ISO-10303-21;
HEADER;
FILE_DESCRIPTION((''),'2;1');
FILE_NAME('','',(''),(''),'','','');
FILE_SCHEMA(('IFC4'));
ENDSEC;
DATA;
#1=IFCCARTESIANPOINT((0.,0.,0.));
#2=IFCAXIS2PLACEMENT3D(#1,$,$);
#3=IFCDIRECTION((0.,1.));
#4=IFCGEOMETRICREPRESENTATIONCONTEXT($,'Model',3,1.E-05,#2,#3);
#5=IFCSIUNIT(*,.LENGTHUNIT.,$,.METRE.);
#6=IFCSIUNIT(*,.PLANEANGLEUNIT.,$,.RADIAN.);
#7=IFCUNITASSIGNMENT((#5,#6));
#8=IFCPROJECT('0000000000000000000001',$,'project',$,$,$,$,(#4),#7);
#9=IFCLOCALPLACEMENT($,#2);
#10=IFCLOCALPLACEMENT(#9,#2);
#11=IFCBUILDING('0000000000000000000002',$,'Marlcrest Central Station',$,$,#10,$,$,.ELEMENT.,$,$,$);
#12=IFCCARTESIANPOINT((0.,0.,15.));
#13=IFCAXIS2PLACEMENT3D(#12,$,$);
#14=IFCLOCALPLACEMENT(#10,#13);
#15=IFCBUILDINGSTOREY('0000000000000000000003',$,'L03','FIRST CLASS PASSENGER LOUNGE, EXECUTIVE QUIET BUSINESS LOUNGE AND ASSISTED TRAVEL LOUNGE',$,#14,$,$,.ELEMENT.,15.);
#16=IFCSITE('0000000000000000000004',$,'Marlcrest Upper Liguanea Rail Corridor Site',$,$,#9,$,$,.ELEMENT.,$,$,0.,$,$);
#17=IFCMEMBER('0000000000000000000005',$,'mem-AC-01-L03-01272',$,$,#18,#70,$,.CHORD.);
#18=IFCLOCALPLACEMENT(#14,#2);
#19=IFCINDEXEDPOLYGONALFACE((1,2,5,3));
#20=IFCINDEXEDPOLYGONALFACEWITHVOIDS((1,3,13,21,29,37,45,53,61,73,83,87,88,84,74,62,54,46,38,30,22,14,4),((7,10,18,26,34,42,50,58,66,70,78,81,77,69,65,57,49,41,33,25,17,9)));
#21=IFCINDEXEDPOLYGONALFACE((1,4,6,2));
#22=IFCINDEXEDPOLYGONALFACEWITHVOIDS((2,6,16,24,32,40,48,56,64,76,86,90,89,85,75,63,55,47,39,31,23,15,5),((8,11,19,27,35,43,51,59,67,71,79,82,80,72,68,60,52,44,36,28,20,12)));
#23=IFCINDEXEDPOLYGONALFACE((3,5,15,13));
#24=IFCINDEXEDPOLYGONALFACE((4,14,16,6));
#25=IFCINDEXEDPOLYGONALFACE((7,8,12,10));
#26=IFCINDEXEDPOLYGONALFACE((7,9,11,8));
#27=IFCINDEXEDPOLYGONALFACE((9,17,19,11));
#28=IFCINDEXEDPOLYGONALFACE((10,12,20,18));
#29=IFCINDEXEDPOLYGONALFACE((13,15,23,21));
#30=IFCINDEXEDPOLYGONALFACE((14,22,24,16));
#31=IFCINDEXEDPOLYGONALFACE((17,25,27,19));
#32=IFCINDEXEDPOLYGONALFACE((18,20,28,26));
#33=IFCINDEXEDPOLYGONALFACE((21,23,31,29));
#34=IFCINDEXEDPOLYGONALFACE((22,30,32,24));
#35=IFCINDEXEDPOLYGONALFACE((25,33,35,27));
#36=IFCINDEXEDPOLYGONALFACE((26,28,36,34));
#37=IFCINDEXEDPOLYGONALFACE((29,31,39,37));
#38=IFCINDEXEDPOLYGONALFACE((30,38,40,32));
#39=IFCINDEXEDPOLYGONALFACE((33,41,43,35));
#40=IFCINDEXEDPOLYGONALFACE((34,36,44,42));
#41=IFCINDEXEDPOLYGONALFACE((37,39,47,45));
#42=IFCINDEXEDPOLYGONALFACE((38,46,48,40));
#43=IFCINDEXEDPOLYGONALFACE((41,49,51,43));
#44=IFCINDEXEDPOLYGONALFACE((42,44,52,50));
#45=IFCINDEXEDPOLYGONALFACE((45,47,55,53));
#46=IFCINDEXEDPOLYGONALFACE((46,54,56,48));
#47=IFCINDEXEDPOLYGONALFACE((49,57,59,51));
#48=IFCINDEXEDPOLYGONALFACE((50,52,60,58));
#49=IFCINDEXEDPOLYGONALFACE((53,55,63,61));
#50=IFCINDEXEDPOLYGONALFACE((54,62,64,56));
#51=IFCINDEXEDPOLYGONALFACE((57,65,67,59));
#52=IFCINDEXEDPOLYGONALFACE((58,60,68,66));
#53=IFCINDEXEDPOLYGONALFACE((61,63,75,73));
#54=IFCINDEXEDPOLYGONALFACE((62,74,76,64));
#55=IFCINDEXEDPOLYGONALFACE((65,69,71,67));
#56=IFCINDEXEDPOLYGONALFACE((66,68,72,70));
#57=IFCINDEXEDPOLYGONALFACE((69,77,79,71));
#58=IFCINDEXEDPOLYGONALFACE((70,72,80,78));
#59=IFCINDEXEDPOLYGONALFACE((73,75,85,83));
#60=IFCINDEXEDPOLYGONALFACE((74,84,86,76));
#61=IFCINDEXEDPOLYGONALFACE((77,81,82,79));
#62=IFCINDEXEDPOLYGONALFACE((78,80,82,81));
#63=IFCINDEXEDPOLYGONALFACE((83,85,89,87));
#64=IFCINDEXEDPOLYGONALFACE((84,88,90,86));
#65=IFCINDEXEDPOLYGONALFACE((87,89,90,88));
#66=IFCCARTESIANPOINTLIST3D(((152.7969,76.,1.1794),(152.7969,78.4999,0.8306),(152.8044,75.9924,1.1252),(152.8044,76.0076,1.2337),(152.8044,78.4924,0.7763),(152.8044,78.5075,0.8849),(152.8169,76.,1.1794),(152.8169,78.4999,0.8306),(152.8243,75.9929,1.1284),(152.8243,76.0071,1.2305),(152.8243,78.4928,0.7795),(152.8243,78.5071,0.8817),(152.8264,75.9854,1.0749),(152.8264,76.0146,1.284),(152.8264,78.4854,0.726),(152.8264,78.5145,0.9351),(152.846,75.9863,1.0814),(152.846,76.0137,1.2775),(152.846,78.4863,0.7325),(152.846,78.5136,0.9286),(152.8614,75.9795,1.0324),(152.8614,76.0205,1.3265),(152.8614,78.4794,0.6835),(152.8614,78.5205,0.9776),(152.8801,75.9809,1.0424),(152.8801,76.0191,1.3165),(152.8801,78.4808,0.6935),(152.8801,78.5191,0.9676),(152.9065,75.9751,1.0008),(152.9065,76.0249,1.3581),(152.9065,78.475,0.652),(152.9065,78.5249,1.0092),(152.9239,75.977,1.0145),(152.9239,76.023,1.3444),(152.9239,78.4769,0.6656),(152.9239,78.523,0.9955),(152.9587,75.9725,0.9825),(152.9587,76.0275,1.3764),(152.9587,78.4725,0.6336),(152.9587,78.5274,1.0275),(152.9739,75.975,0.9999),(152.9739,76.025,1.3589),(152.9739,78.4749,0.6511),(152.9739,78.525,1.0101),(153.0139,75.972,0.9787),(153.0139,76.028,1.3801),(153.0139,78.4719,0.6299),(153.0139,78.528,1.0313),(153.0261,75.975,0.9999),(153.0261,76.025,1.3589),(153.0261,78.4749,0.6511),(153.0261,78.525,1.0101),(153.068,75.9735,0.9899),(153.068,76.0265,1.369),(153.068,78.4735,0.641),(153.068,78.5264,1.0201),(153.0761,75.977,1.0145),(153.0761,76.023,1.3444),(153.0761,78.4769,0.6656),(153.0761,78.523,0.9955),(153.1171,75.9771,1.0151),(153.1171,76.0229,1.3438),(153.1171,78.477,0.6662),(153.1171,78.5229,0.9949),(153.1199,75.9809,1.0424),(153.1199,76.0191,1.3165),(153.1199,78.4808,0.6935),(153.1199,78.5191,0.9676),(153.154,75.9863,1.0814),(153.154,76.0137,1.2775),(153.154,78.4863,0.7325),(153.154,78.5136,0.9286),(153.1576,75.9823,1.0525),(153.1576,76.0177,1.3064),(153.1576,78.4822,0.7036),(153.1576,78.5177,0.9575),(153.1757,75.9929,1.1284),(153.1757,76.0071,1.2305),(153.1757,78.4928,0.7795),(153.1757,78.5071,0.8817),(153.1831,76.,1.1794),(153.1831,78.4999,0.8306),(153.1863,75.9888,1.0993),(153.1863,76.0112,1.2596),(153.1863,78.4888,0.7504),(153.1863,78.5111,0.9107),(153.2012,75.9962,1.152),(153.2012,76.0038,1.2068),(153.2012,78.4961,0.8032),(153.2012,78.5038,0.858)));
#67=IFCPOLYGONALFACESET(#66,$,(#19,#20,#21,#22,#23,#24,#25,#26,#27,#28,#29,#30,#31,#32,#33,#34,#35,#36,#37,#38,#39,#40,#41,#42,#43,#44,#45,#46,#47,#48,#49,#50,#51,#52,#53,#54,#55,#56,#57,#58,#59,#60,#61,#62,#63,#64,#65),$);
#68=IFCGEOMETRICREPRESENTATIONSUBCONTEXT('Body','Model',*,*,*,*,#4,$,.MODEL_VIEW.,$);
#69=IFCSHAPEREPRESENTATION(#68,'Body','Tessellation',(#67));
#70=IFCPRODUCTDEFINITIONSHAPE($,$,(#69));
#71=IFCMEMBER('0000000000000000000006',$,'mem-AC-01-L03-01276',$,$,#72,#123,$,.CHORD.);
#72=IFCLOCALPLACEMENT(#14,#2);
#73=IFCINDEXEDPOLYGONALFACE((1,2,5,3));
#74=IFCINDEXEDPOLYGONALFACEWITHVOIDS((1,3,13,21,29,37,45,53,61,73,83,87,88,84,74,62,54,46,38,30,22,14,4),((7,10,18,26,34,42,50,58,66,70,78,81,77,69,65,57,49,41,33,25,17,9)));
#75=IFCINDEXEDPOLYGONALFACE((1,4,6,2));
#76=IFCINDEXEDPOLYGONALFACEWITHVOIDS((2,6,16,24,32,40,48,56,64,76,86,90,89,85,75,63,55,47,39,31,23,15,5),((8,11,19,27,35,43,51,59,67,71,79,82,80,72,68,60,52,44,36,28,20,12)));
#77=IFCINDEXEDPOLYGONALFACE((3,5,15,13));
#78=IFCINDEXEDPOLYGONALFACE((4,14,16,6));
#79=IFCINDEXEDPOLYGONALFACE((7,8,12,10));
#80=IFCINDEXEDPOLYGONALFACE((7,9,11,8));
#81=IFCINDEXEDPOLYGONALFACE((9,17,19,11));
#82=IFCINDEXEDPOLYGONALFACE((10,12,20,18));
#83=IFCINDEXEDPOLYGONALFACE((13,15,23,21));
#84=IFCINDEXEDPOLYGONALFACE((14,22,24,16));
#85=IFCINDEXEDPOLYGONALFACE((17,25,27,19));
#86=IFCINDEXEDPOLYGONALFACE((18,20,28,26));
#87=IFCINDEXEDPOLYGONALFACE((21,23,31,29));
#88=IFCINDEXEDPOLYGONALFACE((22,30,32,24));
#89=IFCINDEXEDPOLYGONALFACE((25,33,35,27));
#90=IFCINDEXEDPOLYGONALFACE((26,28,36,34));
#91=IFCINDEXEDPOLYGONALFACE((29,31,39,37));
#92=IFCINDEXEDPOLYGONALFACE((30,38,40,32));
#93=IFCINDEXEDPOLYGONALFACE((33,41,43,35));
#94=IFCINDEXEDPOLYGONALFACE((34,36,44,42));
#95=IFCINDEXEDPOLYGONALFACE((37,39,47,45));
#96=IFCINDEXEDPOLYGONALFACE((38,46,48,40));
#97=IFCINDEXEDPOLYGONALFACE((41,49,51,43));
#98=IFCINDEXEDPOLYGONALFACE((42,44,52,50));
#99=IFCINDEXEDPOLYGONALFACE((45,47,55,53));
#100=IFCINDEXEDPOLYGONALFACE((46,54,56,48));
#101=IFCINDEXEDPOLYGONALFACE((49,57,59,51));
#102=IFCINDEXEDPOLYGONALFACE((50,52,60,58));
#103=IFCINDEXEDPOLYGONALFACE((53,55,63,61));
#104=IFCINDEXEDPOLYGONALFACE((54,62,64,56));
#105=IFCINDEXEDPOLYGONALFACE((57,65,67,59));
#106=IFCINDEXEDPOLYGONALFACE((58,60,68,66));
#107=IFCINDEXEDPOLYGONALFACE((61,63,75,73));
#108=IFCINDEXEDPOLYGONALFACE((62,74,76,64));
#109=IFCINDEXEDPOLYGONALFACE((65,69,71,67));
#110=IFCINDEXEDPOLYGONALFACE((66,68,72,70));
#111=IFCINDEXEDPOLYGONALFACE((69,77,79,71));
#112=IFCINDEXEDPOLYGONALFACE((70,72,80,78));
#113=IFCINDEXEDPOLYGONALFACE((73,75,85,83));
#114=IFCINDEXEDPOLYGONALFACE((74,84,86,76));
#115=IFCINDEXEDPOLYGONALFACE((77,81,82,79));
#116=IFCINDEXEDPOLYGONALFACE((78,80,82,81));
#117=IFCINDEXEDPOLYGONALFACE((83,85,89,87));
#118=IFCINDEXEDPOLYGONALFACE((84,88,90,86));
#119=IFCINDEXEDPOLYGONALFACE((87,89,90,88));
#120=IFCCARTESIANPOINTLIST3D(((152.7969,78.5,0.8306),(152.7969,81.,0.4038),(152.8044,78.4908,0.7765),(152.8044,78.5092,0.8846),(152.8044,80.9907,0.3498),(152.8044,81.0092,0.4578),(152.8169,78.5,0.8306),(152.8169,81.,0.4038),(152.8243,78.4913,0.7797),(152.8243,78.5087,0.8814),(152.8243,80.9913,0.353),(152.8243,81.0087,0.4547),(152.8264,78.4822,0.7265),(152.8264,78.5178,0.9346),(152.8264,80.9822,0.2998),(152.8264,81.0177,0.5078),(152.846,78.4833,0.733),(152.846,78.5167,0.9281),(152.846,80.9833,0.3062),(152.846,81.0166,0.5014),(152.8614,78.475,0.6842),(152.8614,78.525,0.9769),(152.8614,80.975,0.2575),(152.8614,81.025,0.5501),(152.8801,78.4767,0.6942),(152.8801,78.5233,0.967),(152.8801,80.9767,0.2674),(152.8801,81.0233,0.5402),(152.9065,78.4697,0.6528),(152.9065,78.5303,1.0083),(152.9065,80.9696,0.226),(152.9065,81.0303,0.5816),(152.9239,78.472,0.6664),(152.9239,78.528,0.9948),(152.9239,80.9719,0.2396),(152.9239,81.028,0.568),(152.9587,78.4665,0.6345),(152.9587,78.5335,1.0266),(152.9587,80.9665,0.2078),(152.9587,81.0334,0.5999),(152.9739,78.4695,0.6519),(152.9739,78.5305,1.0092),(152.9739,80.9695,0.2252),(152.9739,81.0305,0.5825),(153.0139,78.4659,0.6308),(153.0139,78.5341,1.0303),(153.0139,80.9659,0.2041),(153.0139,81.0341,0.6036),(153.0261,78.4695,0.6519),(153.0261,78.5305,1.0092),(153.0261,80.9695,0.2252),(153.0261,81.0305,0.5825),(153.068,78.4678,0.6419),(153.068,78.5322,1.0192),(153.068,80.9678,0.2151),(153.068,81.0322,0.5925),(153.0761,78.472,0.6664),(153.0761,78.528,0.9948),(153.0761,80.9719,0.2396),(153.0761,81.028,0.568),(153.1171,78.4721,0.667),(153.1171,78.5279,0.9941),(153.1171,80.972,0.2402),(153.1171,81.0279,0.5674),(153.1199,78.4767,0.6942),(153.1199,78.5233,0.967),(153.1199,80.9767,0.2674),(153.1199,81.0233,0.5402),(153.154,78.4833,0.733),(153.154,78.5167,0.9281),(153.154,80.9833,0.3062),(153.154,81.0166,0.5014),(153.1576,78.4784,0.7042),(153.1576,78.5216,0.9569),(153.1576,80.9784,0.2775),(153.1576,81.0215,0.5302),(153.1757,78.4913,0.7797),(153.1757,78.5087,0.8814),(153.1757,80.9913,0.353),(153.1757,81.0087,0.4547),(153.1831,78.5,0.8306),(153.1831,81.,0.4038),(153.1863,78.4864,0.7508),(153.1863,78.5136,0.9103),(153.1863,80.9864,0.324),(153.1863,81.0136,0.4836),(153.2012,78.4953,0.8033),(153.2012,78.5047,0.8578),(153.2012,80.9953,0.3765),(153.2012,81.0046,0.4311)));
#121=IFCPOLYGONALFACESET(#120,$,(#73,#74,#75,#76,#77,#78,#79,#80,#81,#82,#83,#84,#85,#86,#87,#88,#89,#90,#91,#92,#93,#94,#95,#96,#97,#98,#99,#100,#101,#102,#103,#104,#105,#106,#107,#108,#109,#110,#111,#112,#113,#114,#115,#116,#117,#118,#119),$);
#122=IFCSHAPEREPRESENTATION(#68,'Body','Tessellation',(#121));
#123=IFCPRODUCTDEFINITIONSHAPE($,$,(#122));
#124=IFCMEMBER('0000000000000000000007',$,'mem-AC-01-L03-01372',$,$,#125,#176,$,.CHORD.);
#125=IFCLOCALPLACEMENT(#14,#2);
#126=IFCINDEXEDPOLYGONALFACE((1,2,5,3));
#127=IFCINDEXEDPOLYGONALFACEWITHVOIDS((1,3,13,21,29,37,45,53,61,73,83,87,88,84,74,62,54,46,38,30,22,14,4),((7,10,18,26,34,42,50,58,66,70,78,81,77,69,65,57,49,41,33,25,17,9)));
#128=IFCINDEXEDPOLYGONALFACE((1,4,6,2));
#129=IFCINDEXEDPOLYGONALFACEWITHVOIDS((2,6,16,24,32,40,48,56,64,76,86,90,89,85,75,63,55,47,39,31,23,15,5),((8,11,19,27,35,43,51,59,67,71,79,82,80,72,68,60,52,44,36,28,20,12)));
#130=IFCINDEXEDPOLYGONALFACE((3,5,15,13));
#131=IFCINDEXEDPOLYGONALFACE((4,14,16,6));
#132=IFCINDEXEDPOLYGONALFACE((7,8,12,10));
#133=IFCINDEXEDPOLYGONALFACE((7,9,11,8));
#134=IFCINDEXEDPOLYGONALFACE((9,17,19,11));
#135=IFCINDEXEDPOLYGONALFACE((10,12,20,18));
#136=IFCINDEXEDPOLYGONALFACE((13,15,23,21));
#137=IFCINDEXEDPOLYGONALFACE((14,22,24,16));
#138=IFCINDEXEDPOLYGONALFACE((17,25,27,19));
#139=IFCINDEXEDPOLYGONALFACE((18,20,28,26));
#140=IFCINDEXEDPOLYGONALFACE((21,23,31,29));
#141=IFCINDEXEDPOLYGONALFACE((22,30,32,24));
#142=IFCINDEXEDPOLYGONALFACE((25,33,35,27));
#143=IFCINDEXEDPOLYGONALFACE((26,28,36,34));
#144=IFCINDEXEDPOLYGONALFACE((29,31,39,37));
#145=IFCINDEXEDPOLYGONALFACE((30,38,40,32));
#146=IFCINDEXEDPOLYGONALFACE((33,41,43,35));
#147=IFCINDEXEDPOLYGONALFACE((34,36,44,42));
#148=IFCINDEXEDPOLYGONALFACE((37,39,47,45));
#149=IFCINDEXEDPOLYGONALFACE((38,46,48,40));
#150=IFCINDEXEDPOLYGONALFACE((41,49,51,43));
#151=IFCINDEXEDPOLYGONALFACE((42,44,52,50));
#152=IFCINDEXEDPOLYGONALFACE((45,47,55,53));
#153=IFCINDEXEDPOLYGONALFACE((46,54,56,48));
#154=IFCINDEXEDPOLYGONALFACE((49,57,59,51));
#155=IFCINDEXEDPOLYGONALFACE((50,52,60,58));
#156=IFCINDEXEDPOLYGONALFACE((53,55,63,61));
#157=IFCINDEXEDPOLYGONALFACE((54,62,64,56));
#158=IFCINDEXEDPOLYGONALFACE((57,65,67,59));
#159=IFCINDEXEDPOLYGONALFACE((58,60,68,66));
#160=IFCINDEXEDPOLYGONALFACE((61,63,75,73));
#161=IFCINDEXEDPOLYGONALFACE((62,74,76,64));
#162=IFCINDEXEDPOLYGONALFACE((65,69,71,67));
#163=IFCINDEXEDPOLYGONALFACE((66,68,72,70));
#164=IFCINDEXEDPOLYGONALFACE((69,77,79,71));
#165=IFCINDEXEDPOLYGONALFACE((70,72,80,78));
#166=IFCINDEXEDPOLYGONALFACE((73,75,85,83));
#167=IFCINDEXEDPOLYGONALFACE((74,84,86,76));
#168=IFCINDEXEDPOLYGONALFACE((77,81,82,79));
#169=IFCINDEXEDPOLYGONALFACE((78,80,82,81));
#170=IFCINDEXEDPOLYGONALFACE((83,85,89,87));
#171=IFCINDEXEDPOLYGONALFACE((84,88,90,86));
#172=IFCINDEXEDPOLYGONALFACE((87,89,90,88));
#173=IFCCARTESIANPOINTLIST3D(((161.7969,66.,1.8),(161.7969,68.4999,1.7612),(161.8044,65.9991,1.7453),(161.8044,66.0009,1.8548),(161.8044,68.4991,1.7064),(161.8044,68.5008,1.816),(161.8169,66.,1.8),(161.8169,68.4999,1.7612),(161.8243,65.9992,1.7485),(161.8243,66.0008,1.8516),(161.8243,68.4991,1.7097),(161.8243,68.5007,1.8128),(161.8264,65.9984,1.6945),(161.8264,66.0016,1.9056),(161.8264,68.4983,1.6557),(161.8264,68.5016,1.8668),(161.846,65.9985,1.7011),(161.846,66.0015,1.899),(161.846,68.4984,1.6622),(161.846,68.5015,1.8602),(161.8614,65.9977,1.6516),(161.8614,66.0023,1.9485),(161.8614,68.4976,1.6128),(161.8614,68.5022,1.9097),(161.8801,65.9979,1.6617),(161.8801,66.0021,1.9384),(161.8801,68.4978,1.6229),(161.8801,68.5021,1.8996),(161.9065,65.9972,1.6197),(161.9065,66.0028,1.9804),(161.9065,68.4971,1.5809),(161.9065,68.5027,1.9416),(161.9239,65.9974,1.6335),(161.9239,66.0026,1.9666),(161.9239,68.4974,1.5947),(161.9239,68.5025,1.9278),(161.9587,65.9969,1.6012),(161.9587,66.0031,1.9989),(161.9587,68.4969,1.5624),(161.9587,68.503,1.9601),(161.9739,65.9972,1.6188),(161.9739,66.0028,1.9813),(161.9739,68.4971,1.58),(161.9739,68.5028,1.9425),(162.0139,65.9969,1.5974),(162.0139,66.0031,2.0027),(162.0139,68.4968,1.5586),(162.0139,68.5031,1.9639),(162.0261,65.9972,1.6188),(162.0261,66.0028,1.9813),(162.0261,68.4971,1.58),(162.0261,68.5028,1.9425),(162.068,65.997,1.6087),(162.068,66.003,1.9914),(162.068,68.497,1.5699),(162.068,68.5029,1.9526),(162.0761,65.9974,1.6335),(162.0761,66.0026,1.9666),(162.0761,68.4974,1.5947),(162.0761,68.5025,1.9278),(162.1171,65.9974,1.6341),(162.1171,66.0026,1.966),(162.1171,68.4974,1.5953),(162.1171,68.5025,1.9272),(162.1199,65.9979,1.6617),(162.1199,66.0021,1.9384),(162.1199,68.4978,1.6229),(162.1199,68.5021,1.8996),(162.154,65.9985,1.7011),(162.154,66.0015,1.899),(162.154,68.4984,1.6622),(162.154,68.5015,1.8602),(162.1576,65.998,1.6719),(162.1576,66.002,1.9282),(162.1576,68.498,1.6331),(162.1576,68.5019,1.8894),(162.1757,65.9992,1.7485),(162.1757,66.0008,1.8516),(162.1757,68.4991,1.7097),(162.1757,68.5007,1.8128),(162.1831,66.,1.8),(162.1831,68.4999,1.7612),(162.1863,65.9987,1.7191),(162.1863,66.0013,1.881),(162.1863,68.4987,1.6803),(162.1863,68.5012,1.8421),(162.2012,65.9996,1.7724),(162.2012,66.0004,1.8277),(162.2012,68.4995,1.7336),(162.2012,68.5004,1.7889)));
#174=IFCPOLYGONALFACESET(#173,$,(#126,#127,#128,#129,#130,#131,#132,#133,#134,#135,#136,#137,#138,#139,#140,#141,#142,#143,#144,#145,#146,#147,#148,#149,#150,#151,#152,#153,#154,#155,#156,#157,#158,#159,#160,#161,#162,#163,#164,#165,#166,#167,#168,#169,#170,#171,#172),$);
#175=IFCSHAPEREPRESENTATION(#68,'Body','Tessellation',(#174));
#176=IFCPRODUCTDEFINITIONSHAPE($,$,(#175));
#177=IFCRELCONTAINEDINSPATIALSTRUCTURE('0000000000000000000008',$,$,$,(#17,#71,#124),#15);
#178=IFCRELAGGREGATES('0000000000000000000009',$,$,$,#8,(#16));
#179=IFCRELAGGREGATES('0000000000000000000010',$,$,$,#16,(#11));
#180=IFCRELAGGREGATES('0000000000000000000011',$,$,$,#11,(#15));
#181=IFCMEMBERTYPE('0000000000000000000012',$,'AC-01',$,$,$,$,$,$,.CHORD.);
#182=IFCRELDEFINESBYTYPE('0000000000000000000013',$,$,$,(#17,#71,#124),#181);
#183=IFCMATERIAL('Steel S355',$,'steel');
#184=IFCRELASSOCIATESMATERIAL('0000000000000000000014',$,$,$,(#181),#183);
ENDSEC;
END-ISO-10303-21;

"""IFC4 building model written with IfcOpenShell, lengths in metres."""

from ifc_helpers import new_model, si_unit, direction, frame, origin, origin_2d, place, context, subcontext, project, spatial, hollow_circle, extrude, material, material_profile, profile_set, type_object, element, save


model = new_model("IFC4")

# Units and contexts
model_context = context("Model", 3, precision=1e-05, world=origin(), true_north=direction((0.0, 1.0)))
body_context = subcontext(model_context, "Body", "Model", "MODEL_VIEW")
ifc_project = project(units=[si_unit("LENGTHUNIT", "METRE"), si_unit("PLANEANGLEUNIT", "RADIAN")], contexts=[model_context])

# Site, building, storey
site_placement = place(None, origin())
site = spatial("IfcSite", under=ifc_project, at=site_placement, Name="Marlcrest Upper Liguanea Rail Corridor Site", CompositionType="ELEMENT", RefElevation=0.0)
building_placement = place(site_placement, origin())
building = spatial("IfcBuilding", under=site, at=building_placement, Name="Marlcrest Central Station", CompositionType="ELEMENT")
storey_placement = place(building_placement, frame((0.0, 0.0, 15.0)))
storey = spatial("IfcBuildingStorey", under=building, at=storey_placement, Name="L03", Description="FIRST CLASS PASSENGER LOUNGE, EXECUTIVE QUIET BUSINESS LOUNGE AND ASSISTED TRAVEL LOUNGE", CompositionType="ELEMENT", Elevation=15.0)

# Members
ifc_material_1 = material(Name="Steel S355", Category="steel")
ifc_material_profile_1 = material_profile(ifc_material_1, hollow_circle(Radius=0.2031, WallThickness=0.02, at=origin_2d()), Name="CHS 406.4x20")
ifc_profile_set_1 = profile_set([ifc_material_profile_1], Name="Steel S355")
member_type_1 = type_object("IfcMemberType", Name="AC-01", PredefinedType="CHORD", material=ifc_profile_set_1)
member_1_placement = place(storey_placement, frame((153.0, 76.0, 1.1794), z_axis=(0.0, 0.990403, -0.138211), x_axis=(-1.0, 0.0, 0.0)))
element("IfcMember", 1, at=member_1_placement, inside=storey, type_object=member_type_1, Name="mem-AC-01-L03-01272", PredefinedType="CHORD", context=body_context, shape_type="SweptSolid", body=[
    extrude(hollow_circle(Radius=0.2031, WallThickness=0.02, at=origin_2d()), origin(), (0.0, 0.0, 1.0), 2.5242),
])
member_2_placement = place(storey_placement, frame((153.0, 78.5, 0.8306), z_axis=(0.0, 0.985741, -0.168269), x_axis=(-1.0, 0.0, 0.0)))
element("IfcMember", 2, at=member_2_placement, inside=storey, type_object=member_type_1, Name="mem-AC-01-L03-01276", PredefinedType="CHORD", context=body_context, shape_type="SweptSolid", body=[
    extrude(hollow_circle(Radius=0.2031, WallThickness=0.02, at=origin_2d()), origin(), (0.0, 0.0, 1.0), 2.5361),
])
member_3_placement = place(storey_placement, frame((162.0, 66.0, 1.8), z_axis=(0.0, 0.999879, -0.015525), x_axis=(-1.0, 0.0, 0.0)))
element("IfcMember", 3, at=member_3_placement, inside=storey, type_object=member_type_1, Name="mem-AC-01-L03-01372", PredefinedType="CHORD", context=body_context, shape_type="SweptSolid", body=[
    extrude(hollow_circle(Radius=0.2031, WallThickness=0.02, at=origin_2d()), origin(), (0.0, 0.0, 1.0), 2.5002),
])

save(model, "model.ifc")
